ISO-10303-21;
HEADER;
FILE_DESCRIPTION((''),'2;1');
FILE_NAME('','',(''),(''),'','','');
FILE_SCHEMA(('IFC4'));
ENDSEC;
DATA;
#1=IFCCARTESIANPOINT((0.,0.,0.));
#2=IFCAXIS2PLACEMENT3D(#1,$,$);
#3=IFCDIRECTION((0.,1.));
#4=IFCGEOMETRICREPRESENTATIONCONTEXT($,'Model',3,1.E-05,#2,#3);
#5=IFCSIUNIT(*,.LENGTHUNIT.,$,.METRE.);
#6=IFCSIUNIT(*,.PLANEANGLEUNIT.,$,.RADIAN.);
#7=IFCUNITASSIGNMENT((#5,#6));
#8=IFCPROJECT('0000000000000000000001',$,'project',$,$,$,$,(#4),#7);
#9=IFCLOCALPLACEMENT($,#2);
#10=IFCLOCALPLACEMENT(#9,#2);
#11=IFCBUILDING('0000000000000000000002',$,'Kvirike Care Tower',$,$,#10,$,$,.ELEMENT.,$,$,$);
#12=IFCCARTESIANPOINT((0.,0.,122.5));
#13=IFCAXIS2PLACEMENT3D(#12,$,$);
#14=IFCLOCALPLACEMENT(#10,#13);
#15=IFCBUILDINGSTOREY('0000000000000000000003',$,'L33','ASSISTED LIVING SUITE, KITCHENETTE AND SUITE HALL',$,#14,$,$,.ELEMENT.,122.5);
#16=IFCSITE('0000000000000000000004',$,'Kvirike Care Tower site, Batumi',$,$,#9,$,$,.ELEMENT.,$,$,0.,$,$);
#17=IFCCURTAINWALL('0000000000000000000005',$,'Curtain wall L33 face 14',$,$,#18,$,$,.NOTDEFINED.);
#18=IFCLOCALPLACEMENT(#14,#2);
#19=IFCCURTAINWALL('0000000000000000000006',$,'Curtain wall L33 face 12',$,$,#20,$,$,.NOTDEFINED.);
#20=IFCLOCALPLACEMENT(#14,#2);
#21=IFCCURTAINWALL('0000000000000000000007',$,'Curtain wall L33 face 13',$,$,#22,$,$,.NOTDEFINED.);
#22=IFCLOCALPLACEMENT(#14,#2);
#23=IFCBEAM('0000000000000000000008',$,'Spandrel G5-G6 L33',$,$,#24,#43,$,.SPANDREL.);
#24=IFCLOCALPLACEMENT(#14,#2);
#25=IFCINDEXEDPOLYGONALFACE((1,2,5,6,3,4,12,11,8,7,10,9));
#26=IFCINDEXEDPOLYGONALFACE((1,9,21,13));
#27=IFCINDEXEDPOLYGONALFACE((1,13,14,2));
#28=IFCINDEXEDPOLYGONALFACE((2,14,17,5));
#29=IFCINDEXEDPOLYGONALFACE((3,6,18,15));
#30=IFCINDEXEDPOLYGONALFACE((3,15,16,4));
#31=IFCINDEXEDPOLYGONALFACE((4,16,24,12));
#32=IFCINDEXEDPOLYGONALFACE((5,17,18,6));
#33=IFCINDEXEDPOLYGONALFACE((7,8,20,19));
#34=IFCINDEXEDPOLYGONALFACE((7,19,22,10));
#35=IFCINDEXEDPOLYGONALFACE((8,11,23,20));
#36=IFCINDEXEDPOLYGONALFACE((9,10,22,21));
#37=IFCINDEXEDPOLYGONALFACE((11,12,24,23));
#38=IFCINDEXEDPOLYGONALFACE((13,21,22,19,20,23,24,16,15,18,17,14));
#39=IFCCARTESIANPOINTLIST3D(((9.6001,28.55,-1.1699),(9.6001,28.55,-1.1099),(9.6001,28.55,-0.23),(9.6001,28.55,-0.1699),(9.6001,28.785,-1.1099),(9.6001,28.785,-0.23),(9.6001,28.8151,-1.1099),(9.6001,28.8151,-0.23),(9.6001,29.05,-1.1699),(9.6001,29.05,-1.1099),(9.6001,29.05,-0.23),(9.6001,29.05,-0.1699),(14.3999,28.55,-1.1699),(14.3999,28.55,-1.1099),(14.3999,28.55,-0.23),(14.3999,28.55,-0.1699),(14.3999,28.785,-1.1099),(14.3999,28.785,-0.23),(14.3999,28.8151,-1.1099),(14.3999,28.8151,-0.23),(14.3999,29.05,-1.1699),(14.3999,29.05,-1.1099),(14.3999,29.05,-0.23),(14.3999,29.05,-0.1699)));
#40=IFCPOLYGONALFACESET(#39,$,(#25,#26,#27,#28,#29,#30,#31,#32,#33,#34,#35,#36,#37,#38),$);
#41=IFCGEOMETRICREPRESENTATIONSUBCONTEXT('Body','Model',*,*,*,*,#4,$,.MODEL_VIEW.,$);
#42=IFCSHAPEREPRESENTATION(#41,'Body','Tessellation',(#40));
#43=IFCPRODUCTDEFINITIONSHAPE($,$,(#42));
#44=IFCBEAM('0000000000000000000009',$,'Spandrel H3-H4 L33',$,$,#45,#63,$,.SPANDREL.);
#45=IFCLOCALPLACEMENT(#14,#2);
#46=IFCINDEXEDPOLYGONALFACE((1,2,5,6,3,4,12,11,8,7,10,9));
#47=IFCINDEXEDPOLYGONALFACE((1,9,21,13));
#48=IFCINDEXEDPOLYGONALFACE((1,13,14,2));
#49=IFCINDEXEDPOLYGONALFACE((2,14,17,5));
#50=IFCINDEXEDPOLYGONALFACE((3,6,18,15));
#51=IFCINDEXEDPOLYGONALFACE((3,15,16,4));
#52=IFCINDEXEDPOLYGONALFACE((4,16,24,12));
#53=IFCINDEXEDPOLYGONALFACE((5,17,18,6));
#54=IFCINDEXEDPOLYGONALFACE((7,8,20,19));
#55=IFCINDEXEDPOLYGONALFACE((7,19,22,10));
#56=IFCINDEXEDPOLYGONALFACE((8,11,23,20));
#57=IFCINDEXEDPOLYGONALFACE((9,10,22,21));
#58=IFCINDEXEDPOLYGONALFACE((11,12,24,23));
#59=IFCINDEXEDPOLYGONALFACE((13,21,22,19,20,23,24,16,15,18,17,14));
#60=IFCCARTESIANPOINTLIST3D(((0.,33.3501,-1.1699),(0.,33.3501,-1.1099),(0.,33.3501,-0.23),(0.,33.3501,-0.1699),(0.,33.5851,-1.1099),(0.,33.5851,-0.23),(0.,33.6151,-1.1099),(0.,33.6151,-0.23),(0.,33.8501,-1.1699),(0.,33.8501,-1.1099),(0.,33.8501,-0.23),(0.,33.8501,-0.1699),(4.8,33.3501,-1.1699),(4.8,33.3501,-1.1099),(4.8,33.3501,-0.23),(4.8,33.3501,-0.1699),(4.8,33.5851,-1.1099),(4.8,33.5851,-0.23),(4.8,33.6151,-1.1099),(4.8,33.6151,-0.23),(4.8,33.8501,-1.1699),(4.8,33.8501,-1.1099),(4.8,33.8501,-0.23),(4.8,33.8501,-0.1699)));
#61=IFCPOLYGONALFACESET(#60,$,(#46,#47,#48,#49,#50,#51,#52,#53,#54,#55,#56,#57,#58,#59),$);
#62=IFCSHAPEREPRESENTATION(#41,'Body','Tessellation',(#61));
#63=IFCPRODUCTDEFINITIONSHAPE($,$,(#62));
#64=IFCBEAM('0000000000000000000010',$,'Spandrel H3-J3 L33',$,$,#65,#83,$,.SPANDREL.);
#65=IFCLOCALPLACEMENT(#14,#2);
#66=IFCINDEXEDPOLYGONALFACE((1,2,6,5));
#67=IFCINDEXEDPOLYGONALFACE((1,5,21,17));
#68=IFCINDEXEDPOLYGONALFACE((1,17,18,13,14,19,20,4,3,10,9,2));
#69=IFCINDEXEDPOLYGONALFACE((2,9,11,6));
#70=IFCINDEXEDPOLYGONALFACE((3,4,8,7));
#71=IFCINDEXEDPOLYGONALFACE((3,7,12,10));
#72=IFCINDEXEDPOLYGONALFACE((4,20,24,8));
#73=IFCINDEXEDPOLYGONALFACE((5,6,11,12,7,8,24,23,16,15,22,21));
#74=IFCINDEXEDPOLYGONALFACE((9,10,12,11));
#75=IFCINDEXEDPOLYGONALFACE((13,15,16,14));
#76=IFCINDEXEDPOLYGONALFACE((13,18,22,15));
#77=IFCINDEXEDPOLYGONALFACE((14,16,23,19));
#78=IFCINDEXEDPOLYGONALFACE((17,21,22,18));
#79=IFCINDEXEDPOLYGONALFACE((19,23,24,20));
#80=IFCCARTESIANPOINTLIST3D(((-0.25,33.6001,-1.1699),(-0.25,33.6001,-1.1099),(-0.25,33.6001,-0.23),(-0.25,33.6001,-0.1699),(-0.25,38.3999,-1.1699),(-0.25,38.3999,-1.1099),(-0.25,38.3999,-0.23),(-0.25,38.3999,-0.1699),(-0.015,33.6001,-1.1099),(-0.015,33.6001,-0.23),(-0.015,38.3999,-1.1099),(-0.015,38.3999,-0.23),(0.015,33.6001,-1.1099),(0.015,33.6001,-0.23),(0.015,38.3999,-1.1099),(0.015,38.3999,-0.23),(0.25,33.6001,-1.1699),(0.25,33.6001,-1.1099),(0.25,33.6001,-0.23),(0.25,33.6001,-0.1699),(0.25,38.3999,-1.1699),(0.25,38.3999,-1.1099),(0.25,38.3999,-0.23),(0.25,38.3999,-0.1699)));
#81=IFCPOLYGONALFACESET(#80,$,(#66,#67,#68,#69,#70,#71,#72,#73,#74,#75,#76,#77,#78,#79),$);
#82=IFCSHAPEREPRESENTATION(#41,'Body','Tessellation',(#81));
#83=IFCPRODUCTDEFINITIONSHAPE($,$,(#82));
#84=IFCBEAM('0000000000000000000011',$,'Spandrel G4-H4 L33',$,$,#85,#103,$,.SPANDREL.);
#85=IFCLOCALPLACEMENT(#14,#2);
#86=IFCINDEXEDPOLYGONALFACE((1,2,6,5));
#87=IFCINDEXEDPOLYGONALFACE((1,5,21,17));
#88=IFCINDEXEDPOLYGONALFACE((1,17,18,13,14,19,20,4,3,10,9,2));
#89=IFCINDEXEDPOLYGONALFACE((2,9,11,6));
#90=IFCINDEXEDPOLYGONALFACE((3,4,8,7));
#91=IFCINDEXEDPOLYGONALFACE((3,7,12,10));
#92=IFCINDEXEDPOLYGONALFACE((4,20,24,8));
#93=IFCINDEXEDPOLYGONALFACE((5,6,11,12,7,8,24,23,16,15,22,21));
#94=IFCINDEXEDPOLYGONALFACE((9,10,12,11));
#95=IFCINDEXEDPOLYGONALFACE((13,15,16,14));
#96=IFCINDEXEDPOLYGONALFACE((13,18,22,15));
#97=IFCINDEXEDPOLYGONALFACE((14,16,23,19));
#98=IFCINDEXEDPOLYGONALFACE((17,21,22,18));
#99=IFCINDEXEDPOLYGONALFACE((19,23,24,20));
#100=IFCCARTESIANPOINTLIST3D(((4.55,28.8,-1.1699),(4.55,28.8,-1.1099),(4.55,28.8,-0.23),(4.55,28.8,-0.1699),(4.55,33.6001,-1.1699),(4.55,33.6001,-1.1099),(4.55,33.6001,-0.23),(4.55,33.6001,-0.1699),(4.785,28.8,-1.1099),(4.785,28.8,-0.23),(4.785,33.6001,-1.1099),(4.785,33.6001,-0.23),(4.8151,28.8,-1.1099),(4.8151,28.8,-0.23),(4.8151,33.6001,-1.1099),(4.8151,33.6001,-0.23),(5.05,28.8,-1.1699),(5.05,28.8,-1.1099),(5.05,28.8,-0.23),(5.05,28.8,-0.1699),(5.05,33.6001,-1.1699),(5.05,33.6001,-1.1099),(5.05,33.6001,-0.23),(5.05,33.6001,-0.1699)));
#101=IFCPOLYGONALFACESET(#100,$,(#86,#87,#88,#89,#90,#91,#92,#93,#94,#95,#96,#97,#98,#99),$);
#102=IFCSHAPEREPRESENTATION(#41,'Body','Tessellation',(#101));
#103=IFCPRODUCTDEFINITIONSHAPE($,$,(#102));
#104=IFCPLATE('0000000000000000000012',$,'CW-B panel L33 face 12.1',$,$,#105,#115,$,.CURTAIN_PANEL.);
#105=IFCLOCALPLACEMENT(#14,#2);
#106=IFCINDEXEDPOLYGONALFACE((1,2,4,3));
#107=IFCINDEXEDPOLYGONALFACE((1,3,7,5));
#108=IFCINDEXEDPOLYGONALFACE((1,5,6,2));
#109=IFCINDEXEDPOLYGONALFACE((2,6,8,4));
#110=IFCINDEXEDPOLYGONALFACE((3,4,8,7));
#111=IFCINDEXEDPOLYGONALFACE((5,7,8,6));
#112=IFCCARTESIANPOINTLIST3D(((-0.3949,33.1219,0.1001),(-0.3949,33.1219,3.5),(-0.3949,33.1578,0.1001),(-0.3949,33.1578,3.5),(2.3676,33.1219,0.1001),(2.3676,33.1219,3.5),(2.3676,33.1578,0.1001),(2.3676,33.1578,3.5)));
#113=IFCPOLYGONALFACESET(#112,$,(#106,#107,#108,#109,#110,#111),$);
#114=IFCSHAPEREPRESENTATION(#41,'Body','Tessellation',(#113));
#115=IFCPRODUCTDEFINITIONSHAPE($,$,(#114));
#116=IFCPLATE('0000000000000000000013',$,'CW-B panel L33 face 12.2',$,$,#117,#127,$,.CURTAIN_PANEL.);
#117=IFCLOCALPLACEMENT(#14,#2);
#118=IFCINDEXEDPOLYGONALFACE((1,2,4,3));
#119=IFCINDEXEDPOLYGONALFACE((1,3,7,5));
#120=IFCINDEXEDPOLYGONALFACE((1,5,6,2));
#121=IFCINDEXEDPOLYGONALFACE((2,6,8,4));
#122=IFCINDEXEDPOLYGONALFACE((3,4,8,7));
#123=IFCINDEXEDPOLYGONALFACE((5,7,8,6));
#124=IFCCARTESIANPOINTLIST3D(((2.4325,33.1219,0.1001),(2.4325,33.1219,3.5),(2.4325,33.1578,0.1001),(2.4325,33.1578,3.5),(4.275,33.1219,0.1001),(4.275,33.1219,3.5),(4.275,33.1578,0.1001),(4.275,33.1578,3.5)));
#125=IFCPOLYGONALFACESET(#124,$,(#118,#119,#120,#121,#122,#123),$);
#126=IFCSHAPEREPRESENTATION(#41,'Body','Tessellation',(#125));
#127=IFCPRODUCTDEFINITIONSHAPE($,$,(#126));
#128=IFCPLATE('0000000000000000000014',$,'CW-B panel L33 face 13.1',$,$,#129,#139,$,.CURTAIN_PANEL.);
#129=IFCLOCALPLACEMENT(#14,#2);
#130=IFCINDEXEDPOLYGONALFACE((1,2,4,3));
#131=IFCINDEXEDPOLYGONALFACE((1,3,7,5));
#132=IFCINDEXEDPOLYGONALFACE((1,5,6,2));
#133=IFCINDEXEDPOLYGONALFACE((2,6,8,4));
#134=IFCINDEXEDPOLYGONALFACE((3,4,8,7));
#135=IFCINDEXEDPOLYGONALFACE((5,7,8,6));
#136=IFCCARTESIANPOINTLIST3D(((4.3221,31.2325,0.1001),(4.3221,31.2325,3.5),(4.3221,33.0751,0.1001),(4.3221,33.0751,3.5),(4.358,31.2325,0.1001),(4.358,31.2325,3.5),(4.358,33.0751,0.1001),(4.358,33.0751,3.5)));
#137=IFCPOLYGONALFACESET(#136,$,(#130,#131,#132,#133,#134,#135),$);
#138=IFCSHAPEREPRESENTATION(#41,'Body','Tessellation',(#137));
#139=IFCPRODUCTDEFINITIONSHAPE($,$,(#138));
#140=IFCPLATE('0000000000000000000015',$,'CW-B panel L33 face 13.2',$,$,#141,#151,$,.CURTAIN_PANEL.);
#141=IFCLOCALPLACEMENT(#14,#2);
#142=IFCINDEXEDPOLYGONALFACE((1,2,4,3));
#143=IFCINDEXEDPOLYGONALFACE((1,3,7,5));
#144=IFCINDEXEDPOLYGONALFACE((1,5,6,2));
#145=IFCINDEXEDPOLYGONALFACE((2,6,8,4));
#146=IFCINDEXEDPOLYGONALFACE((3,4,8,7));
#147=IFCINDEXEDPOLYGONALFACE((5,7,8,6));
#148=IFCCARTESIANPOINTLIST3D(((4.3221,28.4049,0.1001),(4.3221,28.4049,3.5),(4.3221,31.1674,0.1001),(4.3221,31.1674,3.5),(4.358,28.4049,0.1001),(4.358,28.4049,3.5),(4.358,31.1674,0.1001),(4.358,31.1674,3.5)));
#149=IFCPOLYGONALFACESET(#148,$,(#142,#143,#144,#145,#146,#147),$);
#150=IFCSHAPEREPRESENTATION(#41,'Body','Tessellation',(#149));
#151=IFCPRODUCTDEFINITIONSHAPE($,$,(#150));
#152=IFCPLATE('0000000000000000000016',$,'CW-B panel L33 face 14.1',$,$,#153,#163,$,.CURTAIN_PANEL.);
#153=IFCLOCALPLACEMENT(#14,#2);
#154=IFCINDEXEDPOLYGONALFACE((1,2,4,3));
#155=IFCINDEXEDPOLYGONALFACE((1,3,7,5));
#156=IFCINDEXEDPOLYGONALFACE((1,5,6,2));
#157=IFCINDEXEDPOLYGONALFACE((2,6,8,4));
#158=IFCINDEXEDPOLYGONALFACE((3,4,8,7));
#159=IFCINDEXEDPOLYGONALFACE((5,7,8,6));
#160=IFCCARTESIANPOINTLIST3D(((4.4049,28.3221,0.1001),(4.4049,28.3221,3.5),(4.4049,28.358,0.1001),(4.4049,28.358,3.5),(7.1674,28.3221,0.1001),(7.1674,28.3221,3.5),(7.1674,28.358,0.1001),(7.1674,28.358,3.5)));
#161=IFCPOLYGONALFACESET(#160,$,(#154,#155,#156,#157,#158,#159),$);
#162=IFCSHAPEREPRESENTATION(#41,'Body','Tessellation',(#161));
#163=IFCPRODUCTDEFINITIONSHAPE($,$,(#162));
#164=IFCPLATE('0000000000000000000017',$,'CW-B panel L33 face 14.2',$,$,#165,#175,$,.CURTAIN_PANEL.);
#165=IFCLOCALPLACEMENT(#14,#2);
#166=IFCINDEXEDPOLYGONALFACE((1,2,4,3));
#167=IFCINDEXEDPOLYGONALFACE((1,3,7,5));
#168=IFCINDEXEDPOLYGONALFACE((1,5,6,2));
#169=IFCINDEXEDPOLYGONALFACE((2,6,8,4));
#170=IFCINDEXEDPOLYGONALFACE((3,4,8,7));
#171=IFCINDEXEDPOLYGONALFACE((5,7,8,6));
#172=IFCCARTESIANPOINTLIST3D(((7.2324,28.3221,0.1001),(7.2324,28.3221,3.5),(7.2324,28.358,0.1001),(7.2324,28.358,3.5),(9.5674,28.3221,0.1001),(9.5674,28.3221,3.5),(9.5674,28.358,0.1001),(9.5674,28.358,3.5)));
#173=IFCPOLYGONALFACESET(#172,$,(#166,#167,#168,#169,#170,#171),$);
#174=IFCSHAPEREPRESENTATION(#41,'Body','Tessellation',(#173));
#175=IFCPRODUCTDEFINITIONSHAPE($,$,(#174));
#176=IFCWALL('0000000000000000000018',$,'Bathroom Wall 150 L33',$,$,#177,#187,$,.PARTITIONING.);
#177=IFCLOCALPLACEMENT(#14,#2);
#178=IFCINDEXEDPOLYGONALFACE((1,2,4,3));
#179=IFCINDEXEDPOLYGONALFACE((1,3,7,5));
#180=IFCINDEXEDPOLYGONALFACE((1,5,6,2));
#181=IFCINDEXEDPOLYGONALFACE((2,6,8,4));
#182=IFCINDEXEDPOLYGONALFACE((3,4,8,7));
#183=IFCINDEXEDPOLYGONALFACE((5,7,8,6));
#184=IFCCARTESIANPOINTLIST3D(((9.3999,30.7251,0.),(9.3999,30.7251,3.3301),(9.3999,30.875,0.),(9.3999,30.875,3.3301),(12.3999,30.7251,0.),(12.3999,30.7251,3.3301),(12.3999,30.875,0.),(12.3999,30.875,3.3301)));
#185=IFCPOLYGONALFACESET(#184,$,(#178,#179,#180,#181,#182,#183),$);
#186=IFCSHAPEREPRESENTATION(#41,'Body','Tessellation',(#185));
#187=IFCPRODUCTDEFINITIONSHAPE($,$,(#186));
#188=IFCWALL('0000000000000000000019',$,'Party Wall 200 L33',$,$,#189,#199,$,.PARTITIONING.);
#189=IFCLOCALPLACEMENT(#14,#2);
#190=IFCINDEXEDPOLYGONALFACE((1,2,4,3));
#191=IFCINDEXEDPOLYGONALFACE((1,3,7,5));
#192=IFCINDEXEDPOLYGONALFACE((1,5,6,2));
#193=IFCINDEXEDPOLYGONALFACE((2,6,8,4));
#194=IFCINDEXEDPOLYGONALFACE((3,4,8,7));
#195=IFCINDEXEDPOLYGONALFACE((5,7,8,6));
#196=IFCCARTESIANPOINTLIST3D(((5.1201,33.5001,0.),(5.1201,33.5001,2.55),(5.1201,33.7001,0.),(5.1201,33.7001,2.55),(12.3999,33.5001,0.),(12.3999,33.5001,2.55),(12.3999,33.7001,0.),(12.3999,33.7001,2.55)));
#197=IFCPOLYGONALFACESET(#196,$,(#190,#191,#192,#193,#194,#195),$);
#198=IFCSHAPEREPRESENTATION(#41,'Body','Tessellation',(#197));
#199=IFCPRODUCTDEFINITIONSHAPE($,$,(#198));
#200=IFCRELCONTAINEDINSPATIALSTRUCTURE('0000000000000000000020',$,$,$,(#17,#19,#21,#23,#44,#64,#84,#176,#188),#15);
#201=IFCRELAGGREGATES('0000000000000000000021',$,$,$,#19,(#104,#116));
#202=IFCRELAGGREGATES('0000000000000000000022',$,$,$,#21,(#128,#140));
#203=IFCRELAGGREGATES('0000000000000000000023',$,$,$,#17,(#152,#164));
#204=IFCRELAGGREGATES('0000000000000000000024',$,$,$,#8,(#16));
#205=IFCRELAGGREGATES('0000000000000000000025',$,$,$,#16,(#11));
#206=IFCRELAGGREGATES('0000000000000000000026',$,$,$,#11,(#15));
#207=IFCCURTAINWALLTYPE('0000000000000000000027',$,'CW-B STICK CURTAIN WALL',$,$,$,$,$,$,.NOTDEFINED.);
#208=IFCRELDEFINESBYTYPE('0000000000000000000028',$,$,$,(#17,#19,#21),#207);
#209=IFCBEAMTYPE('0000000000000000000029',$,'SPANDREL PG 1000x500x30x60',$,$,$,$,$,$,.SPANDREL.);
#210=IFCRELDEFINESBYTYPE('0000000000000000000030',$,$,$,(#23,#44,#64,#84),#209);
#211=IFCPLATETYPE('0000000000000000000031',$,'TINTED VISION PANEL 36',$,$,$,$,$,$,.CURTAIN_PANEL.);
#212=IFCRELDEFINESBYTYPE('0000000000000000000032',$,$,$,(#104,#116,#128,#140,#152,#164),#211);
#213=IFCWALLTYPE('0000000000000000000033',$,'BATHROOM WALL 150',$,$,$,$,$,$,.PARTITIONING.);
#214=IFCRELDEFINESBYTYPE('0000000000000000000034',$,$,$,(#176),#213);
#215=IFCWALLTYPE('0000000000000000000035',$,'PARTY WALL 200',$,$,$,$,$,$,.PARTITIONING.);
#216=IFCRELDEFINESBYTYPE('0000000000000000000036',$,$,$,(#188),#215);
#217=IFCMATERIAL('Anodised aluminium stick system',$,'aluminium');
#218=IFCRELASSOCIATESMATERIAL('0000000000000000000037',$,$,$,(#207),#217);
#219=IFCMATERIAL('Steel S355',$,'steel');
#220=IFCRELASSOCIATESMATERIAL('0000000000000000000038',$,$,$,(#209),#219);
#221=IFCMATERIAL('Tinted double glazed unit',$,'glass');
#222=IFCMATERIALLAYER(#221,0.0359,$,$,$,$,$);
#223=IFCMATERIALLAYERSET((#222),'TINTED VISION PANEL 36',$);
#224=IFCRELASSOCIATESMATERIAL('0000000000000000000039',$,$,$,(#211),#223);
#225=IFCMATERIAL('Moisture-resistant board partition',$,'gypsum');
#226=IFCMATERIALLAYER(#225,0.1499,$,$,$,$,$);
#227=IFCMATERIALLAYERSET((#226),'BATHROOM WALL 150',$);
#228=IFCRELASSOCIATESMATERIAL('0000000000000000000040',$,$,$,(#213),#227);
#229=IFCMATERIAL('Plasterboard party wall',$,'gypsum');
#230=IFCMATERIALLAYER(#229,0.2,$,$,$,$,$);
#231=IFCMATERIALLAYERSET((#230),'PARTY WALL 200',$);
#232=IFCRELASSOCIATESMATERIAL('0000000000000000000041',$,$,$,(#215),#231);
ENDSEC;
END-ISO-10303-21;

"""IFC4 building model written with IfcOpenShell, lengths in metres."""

from ifc_helpers import new_model, si_unit, direction, frame, frame_2d, origin, origin_2d, place, context, subcontext, project, spatial, rectangle, i_section, extrude, material, layer, layer_set, material_profile, profile_set, type_object, element, aggregate, save


model = new_model("IFC4")

# Units and contexts
model_context = context("Model", 3, precision=1e-05, world=origin(), true_north=direction((0.0, 1.0)))
body_context = subcontext(model_context, "Body", "Model", "MODEL_VIEW")
ifc_project = project(units=[si_unit("LENGTHUNIT", "METRE"), si_unit("PLANEANGLEUNIT", "RADIAN")], contexts=[model_context])

# Site, building, storey
site_placement = place(None, origin())
site = spatial("IfcSite", under=ifc_project, at=site_placement, Name="Kvirike Care Tower site, Batumi", CompositionType="ELEMENT", RefElevation=0.0)
building_placement = place(site_placement, origin())
building = spatial("IfcBuilding", under=site, at=building_placement, Name="Kvirike Care Tower", CompositionType="ELEMENT")
storey_placement = place(building_placement, frame((0.0, 0.0, 122.5)))
storey = spatial("IfcBuildingStorey", under=building, at=storey_placement, Name="L33", Description="ASSISTED LIVING SUITE, KITCHENETTE AND SUITE HALL", CompositionType="ELEMENT", Elevation=122.5)

# Curtain wall
ifc_material_1 = material(Name="Anodised aluminium stick system", Category="aluminium")
curtain_wall_type = type_object("IfcCurtainWallType", Name="CW-B STICK CURTAIN WALL", PredefinedType="NOTDEFINED", material=ifc_material_1)
curtain_wall_1_placement = place(storey_placement, origin())
curtain_wall_1 = element("IfcCurtainWall", 1, at=curtain_wall_1_placement, inside=storey, type_object=curtain_wall_type, Name="Curtain wall L33 face 14", PredefinedType="NOTDEFINED")

# Curtain walls
curtain_wall_2_placement = place(storey_placement, origin())
curtain_wall_2 = element("IfcCurtainWall", 2, at=curtain_wall_2_placement, inside=storey, type_object=curtain_wall_type, Name="Curtain wall L33 face 12", PredefinedType="NOTDEFINED")
curtain_wall_3_placement = place(storey_placement, origin())
curtain_wall_3 = element("IfcCurtainWall", 3, at=curtain_wall_3_placement, inside=storey, type_object=curtain_wall_type, Name="Curtain wall L33 face 13", PredefinedType="NOTDEFINED")

# Beams
ifc_material_2 = material(Name="Steel S355", Category="steel")
ifc_material_profile_1 = material_profile(ifc_material_2, i_section(OverallWidth=0.5, OverallDepth=1.0, WebThickness=0.03, FlangeThickness=0.0601, at=origin_2d()), Name="PG 1000x500x30x60")
ifc_profile_set_1 = profile_set([ifc_material_profile_1], Name="Steel S355")
beam_type_1 = type_object("IfcBeamType", Name="SPANDREL PG 1000x500x30x60", PredefinedType="SPANDREL", material=ifc_profile_set_1)
beam_1_placement = place(storey_placement, frame((9.6001, 28.8, -0.6699), z_axis=(1.0, 0.0, 0.0), x_axis=(0.0, 1.0, 0.0)))
element("IfcBeam", 4, at=beam_1_placement, inside=storey, type_object=beam_type_1, Name="Spandrel G5-G6 L33", PredefinedType="SPANDREL", context=body_context, shape_type="SweptSolid", body=[
    extrude(i_section(OverallWidth=0.5, OverallDepth=1.0, WebThickness=0.03, FlangeThickness=0.0601, at=origin_2d()), origin(), (0.0, 0.0, 1.0), 4.7998),
])
beam_2_placement = place(storey_placement, frame((0.0, 33.6001, -0.6699), z_axis=(1.0, 0.0, 0.0), x_axis=(0.0, 1.0, 0.0)))
element("IfcBeam", 5, at=beam_2_placement, inside=storey, type_object=beam_type_1, Name="Spandrel H3-H4 L33", PredefinedType="SPANDREL", context=body_context, shape_type="SweptSolid", body=[
    extrude(i_section(OverallWidth=0.5, OverallDepth=1.0, WebThickness=0.03, FlangeThickness=0.0601, at=origin_2d()), origin(), (0.0, 0.0, 1.0), 4.8),
])
beam_3_placement = place(storey_placement, frame((0.0, 33.6001, -0.6699), z_axis=(0.0, 1.0, 0.0), x_axis=(-1.0, 0.0, 0.0)))
element("IfcBeam", 6, at=beam_3_placement, inside=storey, type_object=beam_type_1, Name="Spandrel H3-J3 L33", PredefinedType="SPANDREL", context=body_context, shape_type="SweptSolid", body=[
    extrude(i_section(OverallWidth=0.5, OverallDepth=1.0, WebThickness=0.03, FlangeThickness=0.0601, at=origin_2d()), origin(), (0.0, 0.0, 1.0), 4.7998),
])
beam_4_placement = place(storey_placement, frame((4.8, 28.8, -0.6699), z_axis=(0.0, 1.0, 0.0), x_axis=(-1.0, 0.0, 0.0)))
element("IfcBeam", 7, at=beam_4_placement, inside=storey, type_object=beam_type_1, Name="Spandrel G4-H4 L33", PredefinedType="SPANDREL", context=body_context, shape_type="SweptSolid", body=[
    extrude(i_section(OverallWidth=0.5, OverallDepth=1.0, WebThickness=0.03, FlangeThickness=0.0601, at=origin_2d()), origin(), (0.0, 0.0, 1.0), 4.8),
])

# Plates
ifc_material_3 = material(Name="Tinted double glazed unit", Category="glass")
ifc_layer_1 = layer(ifc_material_3, 0.0359)
ifc_layer_set_1 = layer_set([ifc_layer_1], Name="TINTED VISION PANEL 36")
plate_type = type_object("IfcPlateType", Name="TINTED VISION PANEL 36", PredefinedType="CURTAIN_PANEL", material=ifc_layer_set_1)
plate_1_placement = place(storey_placement, frame((0.9863, 33.1399, 0.1001), z_axis=(0.0, 0.0, 1.0), x_axis=(1.0, 0.0, 0.0)))
plate_1 = element("IfcPlate", 8, at=plate_1_placement, type_object=plate_type, Name="CW-B panel L33 face 12.1", PredefinedType="CURTAIN_PANEL", context=body_context, shape_type="SweptSolid", body=[
    extrude(rectangle(XDim=2.7625, YDim=0.0359, at=origin_2d()), origin(), (0.0, 0.0, 1.0), 3.3999),
])
plate_2_placement = place(storey_placement, frame((3.3538, 33.1399, 0.1001), z_axis=(0.0, 0.0, 1.0), x_axis=(1.0, 0.0, 0.0)))
plate_2 = element("IfcPlate", 9, at=plate_2_placement, type_object=plate_type, Name="CW-B panel L33 face 12.2", PredefinedType="CURTAIN_PANEL", context=body_context, shape_type="SweptSolid", body=[
    extrude(rectangle(XDim=1.8425, YDim=0.0359, at=origin_2d()), origin(), (0.0, 0.0, 1.0), 3.3999),
])
aggregate(curtain_wall_2, [plate_1, plate_2])
plate_3_placement = place(storey_placement, frame((4.3401, 32.1538, 0.1001), z_axis=(0.0, 0.0, 1.0), x_axis=(0.0, -1.0, 0.0)))
plate_3 = element("IfcPlate", 10, at=plate_3_placement, type_object=plate_type, Name="CW-B panel L33 face 13.1", PredefinedType="CURTAIN_PANEL", context=body_context, shape_type="SweptSolid", body=[
    extrude(rectangle(XDim=1.8425, YDim=0.0359, at=origin_2d()), origin(), (0.0, 0.0, 1.0), 3.3999),
])
plate_4_placement = place(storey_placement, frame((4.3401, 29.7861, 0.1001), z_axis=(0.0, 0.0, 1.0), x_axis=(0.0, -1.0, 0.0)))
plate_4 = element("IfcPlate", 11, at=plate_4_placement, type_object=plate_type, Name="CW-B panel L33 face 13.2", PredefinedType="CURTAIN_PANEL", context=body_context, shape_type="SweptSolid", body=[
    extrude(rectangle(XDim=2.7625, YDim=0.0359, at=origin_2d()), origin(), (0.0, 0.0, 1.0), 3.3999),
])
aggregate(curtain_wall_3, [plate_3, plate_4])
plate_5_placement = place(storey_placement, frame((5.7861, 28.3401, 0.1001), z_axis=(0.0, 0.0, 1.0), x_axis=(1.0, 0.0, 0.0)))
plate_5 = element("IfcPlate", 12, at=plate_5_placement, type_object=plate_type, Name="CW-B panel L33 face 14.1", PredefinedType="CURTAIN_PANEL", context=body_context, shape_type="SweptSolid", body=[
    extrude(rectangle(XDim=2.7625, YDim=0.0359, at=origin_2d()), origin(), (0.0, 0.0, 1.0), 3.3999),
])
plate_6_placement = place(storey_placement, frame((8.3999, 28.3401, 0.1001), z_axis=(0.0, 0.0, 1.0), x_axis=(1.0, 0.0, 0.0)))
plate_6 = element("IfcPlate", 13, at=plate_6_placement, type_object=plate_type, Name="CW-B panel L33 face 14.2", PredefinedType="CURTAIN_PANEL", context=body_context, shape_type="SweptSolid", body=[
    extrude(rectangle(XDim=2.335, YDim=0.0359, at=origin_2d()), origin(), (0.0, 0.0, 1.0), 3.3999),
])
aggregate(curtain_wall_1, [plate_5, plate_6])

# Walls
ifc_material_4 = material(Name="Moisture-resistant board partition", Category="gypsum")
ifc_layer_2 = layer(ifc_material_4, 0.1499)
ifc_layer_set_2 = layer_set([ifc_layer_2], Name="BATHROOM WALL 150")
wall_type_1 = type_object("IfcWallType", Name="BATHROOM WALL 150", PredefinedType="PARTITIONING", material=ifc_layer_set_2)
wall_1_placement = place(storey_placement, frame((9.3999, 30.8, 0.0), z_axis=(0.0, 0.0, 1.0), x_axis=(1.0, 0.0, 0.0)))
element("IfcWall", 14, at=wall_1_placement, inside=storey, type_object=wall_type_1, Name="Bathroom Wall 150 L33", PredefinedType="PARTITIONING", context=body_context, shape_type="SweptSolid", body=[
    extrude(rectangle(XDim=3.0, YDim=0.1499, at=frame_2d((1.5, 0.0))), origin(), (0.0, 0.0, 1.0), 3.3301),
])
ifc_material_5 = material(Name="Plasterboard party wall", Category="gypsum")
ifc_layer_3 = layer(ifc_material_5, 0.2)
ifc_layer_set_3 = layer_set([ifc_layer_3], Name="PARTY WALL 200")
wall_type_2 = type_object("IfcWallType", Name="PARTY WALL 200", PredefinedType="PARTITIONING", material=ifc_layer_set_3)
wall_2_placement = place(storey_placement, frame((5.1201, 33.6001, 0.0), z_axis=(0.0, 0.0, 1.0), x_axis=(1.0, 0.0, 0.0)))
element("IfcWall", 15, at=wall_2_placement, inside=storey, type_object=wall_type_2, Name="Party Wall 200 L33", PredefinedType="PARTITIONING", context=body_context, shape_type="SweptSolid", body=[
    extrude(rectangle(XDim=7.2798, YDim=0.2, at=frame_2d((3.6399, 0.0))), origin(), (0.0, 0.0, 1.0), 2.55),
])

save(model, "model.ifc")
